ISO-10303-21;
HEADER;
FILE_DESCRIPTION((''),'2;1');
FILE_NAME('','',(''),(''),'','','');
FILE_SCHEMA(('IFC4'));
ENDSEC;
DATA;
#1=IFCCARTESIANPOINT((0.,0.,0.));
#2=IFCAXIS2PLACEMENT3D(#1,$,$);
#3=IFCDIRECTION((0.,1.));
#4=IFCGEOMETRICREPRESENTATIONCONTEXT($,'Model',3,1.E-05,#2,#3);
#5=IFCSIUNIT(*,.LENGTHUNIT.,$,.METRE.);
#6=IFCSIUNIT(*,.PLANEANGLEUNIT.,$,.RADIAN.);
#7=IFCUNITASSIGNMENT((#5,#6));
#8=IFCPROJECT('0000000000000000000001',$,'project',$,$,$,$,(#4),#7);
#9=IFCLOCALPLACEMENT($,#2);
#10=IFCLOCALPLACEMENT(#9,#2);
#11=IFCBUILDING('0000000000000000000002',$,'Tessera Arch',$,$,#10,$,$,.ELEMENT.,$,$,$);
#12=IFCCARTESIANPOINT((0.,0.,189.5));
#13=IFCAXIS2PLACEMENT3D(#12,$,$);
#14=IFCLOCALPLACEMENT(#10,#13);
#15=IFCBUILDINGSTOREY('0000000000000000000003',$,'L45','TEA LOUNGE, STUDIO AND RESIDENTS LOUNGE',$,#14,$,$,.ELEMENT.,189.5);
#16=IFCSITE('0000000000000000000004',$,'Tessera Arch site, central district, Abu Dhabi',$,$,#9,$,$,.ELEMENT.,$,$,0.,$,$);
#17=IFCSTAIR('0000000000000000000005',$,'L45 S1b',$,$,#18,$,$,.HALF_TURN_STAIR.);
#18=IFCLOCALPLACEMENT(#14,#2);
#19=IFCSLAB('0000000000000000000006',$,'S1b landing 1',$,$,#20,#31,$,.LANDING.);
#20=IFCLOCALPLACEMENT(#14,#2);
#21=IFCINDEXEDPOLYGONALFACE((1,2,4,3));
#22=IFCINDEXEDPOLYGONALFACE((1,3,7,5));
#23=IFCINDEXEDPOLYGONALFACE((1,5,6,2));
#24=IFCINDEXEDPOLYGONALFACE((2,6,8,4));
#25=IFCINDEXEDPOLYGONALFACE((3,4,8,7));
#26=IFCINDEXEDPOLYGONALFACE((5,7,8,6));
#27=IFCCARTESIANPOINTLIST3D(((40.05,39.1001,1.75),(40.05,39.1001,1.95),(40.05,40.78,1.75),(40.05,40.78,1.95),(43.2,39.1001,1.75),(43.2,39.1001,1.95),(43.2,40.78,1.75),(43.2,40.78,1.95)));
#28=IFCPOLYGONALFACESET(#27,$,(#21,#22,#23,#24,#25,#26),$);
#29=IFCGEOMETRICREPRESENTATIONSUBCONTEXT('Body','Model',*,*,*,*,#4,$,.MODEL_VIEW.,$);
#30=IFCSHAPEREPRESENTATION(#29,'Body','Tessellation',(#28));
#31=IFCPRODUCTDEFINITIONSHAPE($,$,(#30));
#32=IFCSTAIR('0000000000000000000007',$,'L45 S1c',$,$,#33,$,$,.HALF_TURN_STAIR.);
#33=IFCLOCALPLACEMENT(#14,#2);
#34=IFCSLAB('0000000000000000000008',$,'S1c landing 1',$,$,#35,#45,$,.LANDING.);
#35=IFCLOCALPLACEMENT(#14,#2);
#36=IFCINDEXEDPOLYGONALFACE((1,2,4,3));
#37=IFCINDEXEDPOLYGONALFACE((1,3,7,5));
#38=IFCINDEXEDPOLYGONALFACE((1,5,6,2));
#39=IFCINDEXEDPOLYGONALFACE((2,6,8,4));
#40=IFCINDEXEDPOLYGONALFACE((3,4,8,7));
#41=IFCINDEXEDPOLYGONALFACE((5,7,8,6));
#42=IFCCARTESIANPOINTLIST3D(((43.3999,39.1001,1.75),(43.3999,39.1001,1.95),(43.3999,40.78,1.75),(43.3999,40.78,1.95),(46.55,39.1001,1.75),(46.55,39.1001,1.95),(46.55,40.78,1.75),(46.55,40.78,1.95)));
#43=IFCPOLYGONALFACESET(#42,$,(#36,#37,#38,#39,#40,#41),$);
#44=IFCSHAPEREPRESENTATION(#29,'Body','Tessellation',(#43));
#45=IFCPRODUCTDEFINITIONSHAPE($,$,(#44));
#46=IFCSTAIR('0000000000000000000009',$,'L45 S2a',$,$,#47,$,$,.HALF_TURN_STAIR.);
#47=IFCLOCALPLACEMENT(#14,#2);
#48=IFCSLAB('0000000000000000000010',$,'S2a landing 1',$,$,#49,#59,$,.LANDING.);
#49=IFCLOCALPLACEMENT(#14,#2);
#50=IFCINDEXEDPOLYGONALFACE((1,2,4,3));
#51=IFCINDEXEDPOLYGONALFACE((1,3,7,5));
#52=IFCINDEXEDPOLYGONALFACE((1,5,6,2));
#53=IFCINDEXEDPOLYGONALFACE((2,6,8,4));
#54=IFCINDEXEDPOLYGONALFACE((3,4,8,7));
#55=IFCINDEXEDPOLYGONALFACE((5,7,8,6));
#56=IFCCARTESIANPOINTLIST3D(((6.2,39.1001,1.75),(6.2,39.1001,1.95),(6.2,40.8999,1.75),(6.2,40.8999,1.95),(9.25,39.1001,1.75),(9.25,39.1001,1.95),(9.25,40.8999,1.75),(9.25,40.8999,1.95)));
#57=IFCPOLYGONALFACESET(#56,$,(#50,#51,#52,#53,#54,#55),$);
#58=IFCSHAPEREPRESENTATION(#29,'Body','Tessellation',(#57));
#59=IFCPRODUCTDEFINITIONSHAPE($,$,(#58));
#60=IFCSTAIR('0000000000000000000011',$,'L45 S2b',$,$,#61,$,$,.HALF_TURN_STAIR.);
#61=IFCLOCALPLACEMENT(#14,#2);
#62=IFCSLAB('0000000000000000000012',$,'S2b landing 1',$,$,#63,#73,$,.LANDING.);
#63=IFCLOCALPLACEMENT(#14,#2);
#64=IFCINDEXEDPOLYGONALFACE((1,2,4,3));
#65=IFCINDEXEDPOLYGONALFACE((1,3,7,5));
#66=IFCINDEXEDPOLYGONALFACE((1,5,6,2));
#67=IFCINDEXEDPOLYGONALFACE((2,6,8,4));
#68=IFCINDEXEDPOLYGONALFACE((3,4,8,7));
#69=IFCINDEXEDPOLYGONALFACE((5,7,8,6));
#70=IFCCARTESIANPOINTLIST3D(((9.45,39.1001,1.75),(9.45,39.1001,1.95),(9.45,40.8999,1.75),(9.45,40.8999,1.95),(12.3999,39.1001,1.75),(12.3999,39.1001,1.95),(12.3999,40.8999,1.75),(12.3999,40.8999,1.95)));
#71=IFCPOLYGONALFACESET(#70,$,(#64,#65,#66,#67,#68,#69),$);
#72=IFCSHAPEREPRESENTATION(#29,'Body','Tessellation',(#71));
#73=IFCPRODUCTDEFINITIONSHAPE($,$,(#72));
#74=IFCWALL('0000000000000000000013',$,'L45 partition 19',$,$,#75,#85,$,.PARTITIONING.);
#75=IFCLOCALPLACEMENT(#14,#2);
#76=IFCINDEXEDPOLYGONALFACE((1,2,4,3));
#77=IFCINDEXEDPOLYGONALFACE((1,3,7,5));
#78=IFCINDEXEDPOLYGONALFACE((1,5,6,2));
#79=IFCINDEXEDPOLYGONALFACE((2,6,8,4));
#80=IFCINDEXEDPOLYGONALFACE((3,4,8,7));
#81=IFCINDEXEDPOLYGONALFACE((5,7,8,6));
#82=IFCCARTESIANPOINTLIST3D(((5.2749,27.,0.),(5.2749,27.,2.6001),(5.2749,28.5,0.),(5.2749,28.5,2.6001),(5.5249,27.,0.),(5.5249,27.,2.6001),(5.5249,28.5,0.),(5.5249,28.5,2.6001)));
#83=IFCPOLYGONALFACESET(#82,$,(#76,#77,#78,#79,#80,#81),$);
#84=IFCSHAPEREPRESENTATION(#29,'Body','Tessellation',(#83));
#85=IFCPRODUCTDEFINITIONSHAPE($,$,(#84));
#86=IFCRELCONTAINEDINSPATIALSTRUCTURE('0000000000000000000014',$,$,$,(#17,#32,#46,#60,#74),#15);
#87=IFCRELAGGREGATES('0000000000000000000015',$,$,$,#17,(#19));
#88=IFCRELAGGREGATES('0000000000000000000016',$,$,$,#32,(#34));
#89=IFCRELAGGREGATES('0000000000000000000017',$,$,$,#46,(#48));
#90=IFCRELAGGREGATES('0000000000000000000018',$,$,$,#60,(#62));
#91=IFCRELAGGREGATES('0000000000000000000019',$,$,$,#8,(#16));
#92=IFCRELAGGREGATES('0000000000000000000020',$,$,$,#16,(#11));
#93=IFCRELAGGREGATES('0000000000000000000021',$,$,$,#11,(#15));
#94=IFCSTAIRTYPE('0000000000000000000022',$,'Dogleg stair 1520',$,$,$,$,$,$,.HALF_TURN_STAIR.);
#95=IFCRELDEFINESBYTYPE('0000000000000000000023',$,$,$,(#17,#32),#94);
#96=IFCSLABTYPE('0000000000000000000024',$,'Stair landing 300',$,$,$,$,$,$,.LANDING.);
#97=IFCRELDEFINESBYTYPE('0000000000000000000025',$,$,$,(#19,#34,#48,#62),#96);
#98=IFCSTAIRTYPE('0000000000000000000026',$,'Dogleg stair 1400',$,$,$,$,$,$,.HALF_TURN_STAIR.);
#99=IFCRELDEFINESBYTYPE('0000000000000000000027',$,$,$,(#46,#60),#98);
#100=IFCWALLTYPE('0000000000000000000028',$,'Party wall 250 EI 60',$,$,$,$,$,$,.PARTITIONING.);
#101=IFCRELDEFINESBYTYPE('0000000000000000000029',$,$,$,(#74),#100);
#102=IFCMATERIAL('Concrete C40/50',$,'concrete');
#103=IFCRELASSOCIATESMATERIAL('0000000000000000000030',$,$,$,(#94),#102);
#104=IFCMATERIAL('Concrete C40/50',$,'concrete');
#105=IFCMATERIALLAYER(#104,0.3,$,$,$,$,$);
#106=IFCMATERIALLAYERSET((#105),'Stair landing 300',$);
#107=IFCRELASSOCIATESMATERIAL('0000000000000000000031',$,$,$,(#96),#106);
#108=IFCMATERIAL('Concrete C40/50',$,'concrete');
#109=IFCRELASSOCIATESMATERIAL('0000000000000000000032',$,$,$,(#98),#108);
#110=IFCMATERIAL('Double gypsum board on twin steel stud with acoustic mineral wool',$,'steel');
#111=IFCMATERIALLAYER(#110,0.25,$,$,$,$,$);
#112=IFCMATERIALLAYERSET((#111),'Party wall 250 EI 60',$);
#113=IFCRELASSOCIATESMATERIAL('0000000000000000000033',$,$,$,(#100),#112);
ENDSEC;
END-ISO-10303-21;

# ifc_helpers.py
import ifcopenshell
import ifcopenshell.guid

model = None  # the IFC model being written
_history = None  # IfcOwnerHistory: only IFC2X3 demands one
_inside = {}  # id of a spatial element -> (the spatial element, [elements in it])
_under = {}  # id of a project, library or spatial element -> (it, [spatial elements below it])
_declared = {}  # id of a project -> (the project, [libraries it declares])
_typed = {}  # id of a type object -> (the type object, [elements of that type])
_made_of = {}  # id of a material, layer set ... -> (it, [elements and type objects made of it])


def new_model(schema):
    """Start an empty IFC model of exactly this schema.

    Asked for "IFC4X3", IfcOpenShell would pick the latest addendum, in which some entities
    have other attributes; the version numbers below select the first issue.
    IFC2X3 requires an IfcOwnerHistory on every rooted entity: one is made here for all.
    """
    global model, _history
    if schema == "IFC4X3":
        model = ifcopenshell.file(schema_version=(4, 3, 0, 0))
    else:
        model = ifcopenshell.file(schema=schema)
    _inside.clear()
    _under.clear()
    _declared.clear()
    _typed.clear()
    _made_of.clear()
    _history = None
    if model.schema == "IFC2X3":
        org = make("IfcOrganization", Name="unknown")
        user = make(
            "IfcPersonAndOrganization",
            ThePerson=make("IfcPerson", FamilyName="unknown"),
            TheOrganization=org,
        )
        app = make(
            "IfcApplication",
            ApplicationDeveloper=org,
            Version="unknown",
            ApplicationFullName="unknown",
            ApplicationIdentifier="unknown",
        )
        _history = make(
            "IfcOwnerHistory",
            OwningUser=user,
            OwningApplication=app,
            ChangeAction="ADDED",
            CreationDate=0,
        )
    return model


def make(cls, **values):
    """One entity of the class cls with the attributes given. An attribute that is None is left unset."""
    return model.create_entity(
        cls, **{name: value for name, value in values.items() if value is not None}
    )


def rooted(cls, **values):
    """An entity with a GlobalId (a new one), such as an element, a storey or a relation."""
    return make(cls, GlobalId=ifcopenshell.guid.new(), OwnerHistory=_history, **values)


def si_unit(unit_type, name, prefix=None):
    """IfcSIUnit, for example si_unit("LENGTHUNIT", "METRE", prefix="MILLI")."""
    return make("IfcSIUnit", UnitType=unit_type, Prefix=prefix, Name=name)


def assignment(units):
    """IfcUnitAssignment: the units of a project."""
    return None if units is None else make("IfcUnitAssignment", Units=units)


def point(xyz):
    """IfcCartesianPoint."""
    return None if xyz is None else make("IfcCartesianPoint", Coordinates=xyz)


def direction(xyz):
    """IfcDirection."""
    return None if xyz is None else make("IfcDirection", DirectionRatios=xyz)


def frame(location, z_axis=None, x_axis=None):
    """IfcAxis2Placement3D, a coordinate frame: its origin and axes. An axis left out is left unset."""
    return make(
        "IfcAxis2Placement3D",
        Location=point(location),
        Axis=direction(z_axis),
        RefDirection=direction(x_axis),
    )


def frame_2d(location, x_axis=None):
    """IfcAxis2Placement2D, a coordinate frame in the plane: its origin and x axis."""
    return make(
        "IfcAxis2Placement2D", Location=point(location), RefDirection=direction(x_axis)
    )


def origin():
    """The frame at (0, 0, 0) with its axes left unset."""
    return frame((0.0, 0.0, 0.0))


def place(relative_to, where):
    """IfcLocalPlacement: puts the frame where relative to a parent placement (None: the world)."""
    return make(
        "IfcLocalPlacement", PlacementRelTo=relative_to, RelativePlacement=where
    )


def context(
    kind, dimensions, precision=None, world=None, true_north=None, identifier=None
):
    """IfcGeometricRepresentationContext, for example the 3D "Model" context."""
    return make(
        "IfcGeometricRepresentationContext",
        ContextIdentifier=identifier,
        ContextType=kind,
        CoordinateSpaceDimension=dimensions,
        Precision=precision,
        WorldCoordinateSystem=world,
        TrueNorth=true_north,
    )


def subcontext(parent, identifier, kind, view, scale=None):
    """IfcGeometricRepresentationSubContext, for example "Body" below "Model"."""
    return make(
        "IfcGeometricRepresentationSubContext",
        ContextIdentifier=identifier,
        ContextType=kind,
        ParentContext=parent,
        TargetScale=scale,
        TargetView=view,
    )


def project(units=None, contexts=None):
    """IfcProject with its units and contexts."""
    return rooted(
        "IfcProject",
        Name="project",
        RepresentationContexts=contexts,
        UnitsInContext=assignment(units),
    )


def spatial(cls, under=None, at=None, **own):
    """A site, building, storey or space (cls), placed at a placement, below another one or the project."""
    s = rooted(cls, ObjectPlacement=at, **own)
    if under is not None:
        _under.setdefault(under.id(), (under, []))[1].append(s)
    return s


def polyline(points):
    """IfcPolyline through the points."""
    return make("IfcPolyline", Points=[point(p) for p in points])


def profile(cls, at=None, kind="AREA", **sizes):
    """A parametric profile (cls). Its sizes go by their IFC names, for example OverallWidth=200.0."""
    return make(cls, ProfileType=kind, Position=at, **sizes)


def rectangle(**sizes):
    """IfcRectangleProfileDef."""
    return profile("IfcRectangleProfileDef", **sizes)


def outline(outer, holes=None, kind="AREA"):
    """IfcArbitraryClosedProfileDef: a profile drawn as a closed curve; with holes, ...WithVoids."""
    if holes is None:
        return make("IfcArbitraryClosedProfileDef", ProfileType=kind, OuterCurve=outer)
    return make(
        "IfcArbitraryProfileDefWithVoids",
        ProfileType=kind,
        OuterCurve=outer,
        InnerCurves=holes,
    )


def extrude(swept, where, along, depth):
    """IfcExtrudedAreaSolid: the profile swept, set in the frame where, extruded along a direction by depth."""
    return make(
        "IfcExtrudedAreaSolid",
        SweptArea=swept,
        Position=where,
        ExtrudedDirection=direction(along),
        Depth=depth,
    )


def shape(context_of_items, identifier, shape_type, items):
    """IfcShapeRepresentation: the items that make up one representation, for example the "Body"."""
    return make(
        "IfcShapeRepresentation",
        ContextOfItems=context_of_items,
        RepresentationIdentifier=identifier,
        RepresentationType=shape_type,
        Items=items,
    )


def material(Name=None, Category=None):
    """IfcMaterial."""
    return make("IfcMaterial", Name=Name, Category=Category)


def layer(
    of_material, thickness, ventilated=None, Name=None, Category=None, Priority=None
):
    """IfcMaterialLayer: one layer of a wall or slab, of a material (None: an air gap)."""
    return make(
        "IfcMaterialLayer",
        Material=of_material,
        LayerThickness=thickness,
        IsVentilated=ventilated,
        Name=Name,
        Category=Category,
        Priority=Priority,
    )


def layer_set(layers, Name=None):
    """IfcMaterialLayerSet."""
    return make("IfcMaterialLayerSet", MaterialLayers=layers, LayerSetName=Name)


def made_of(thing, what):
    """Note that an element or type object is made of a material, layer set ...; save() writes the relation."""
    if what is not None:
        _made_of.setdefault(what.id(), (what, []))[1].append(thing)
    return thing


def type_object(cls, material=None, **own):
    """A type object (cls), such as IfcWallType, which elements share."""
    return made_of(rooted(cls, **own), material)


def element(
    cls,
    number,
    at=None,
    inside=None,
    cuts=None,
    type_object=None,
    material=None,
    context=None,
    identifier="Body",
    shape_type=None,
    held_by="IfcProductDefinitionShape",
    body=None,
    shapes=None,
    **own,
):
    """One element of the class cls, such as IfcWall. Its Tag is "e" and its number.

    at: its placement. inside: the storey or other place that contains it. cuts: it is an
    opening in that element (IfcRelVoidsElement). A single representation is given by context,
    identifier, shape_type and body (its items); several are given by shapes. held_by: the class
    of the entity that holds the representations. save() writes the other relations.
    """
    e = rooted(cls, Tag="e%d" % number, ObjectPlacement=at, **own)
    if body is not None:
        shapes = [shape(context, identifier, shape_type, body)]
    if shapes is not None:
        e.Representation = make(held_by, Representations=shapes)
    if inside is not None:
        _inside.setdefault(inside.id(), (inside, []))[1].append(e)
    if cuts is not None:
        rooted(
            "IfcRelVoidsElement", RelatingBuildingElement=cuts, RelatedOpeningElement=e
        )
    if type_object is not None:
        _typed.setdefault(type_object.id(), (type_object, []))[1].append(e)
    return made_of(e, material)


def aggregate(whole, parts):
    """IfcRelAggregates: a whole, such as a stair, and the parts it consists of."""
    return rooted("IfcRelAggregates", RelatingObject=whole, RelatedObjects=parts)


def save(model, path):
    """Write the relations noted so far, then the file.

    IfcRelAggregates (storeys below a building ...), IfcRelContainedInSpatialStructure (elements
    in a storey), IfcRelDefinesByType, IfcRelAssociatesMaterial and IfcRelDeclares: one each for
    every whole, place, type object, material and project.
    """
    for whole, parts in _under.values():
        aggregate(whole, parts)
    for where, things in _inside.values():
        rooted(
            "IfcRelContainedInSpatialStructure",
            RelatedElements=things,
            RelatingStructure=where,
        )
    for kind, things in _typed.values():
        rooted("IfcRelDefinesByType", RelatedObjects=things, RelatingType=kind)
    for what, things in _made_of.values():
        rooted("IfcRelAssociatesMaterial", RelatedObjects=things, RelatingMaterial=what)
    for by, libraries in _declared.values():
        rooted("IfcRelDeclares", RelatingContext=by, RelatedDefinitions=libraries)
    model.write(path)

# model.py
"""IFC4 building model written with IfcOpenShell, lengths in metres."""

from ifc_helpers import new_model, si_unit, direction, frame, frame_2d, origin, place, context, subcontext, project, spatial, polyline, rectangle, outline, extrude, material, layer, layer_set, type_object, element, aggregate, save


model = new_model("IFC4")

# Units and contexts
model_context = context("Model", 3, precision=1e-05, world=origin(), true_north=direction((0.0, 1.0)))
body_context = subcontext(model_context, "Body", "Model", "MODEL_VIEW")
ifc_project = project(units=[si_unit("LENGTHUNIT", "METRE"), si_unit("PLANEANGLEUNIT", "RADIAN")], contexts=[model_context])

# Site, building, storey
site_placement = place(None, origin())
site = spatial("IfcSite", under=ifc_project, at=site_placement, Name="Tessera Arch site, central district, Abu Dhabi", CompositionType="ELEMENT", RefElevation=0.0)
building_placement = place(site_placement, origin())
building = spatial("IfcBuilding", under=site, at=building_placement, Name="Tessera Arch", CompositionType="ELEMENT")
storey_placement = place(building_placement, frame((0.0, 0.0, 189.5)))
storey = spatial("IfcBuildingStorey", under=building, at=storey_placement, Name="L45", Description="TEA LOUNGE, STUDIO AND RESIDENTS LOUNGE", CompositionType="ELEMENT", Elevation=189.5)

# Stairs, slabs
ifc_material_1 = material(Name="Concrete C40/50", Category="concrete")
stair_type_1 = type_object("IfcStairType", Name="Dogleg stair 1520", PredefinedType="HALF_TURN_STAIR", material=ifc_material_1)
ifc_material_2 = material(Name="Concrete C40/50", Category="concrete")
ifc_layer_1 = layer(ifc_material_2, 0.3)
ifc_layer_set_1 = layer_set([ifc_layer_1], Name="Stair landing 300")
slab_type = type_object("IfcSlabType", Name="Stair landing 300", PredefinedType="LANDING", material=ifc_layer_set_1)
stair_1_placement = place(storey_placement, origin())
stair_1 = element("IfcStair", 1, at=stair_1_placement, inside=storey, type_object=stair_type_1, Name="L45 S1b", PredefinedType="HALF_TURN_STAIR")
slab_1_placement = place(storey_placement, frame((0.0, 0.0, 1.75)))
slab_1 = element("IfcSlab", 2, at=slab_1_placement, type_object=slab_type, Name="S1b landing 1", PredefinedType="LANDING", context=body_context, shape_type="SweptSolid", body=[
    extrude(outline(polyline([(40.05, 40.78), (40.05, 39.1001), (43.2, 39.1001), (43.2, 40.78), (40.05, 40.78)])), origin(), (0.0, 0.0, 1.0), 0.2),
])
aggregate(stair_1, [slab_1])
stair_2_placement = place(storey_placement, origin())
stair_2 = element("IfcStair", 3, at=stair_2_placement, inside=storey, type_object=stair_type_1, Name="L45 S1c", PredefinedType="HALF_TURN_STAIR")
slab_2_placement = place(storey_placement, frame((0.0, 0.0, 1.75)))
slab_2 = element("IfcSlab", 4, at=slab_2_placement, type_object=slab_type, Name="S1c landing 1", PredefinedType="LANDING", context=body_context, shape_type="SweptSolid", body=[
    extrude(outline(polyline([(43.3999, 40.78), (43.3999, 39.1001), (46.55, 39.1001), (46.55, 40.78), (43.3999, 40.78)])), origin(), (0.0, 0.0, 1.0), 0.2),
])
aggregate(stair_2, [slab_2])
ifc_material_3 = material(Name="Concrete C40/50", Category="concrete")
stair_type_2 = type_object("IfcStairType", Name="Dogleg stair 1400", PredefinedType="HALF_TURN_STAIR", material=ifc_material_3)
stair_3_placement = place(storey_placement, origin())
stair_3 = element("IfcStair", 5, at=stair_3_placement, inside=storey, type_object=stair_type_2, Name="L45 S2a", PredefinedType="HALF_TURN_STAIR")
slab_3_placement = place(storey_placement, frame((0.0, 0.0, 1.75)))
slab_3 = element("IfcSlab", 6, at=slab_3_placement, type_object=slab_type, Name="S2a landing 1", PredefinedType="LANDING", context=body_context, shape_type="SweptSolid", body=[
    extrude(outline(polyline([(6.2, 40.8999), (6.2, 39.1001), (9.25, 39.1001), (9.25, 40.8999), (6.2, 40.8999)])), origin(), (0.0, 0.0, 1.0), 0.2),
])
aggregate(stair_3, [slab_3])
stair_4_placement = place(storey_placement, origin())
stair_4 = element("IfcStair", 7, at=stair_4_placement, inside=storey, type_object=stair_type_2, Name="L45 S2b", PredefinedType="HALF_TURN_STAIR")
slab_4_placement = place(storey_placement, frame((0.0, 0.0, 1.75)))
slab_4 = element("IfcSlab", 8, at=slab_4_placement, type_object=slab_type, Name="S2b landing 1", PredefinedType="LANDING", context=body_context, shape_type="SweptSolid", body=[
    extrude(outline(polyline([(9.45, 40.8999), (9.45, 39.1001), (12.3999, 39.1001), (12.3999, 40.8999), (9.45, 40.8999)])), origin(), (0.0, 0.0, 1.0), 0.2),
])
aggregate(stair_4, [slab_4])

# Wall
ifc_material_4 = material(Name="Double gypsum board on twin steel stud with acoustic mineral wool", Category="steel")
ifc_layer_2 = layer(ifc_material_4, 0.25)
ifc_layer_set_2 = layer_set([ifc_layer_2], Name="Party wall 250 EI 60")
wall_type = type_object("IfcWallType", Name="Party wall 250 EI 60", PredefinedType="PARTITIONING", material=ifc_layer_set_2)
wall_placement = place(storey_placement, frame((5.3999, 27.0, 0.0), z_axis=(0.0, 0.0, 1.0), x_axis=(0.0, 1.0, 0.0)))
element("IfcWall", 9, at=wall_placement, inside=storey, type_object=wall_type, Name="L45 partition 19", PredefinedType="PARTITIONING", context=body_context, shape_type="SweptSolid", body=[
    extrude(rectangle(XDim=1.5, YDim=0.25, at=frame_2d((0.75, 0.0))), origin(), (0.0, 0.0, 1.0), 2.6001),
])

save(model, "model.ifc")
